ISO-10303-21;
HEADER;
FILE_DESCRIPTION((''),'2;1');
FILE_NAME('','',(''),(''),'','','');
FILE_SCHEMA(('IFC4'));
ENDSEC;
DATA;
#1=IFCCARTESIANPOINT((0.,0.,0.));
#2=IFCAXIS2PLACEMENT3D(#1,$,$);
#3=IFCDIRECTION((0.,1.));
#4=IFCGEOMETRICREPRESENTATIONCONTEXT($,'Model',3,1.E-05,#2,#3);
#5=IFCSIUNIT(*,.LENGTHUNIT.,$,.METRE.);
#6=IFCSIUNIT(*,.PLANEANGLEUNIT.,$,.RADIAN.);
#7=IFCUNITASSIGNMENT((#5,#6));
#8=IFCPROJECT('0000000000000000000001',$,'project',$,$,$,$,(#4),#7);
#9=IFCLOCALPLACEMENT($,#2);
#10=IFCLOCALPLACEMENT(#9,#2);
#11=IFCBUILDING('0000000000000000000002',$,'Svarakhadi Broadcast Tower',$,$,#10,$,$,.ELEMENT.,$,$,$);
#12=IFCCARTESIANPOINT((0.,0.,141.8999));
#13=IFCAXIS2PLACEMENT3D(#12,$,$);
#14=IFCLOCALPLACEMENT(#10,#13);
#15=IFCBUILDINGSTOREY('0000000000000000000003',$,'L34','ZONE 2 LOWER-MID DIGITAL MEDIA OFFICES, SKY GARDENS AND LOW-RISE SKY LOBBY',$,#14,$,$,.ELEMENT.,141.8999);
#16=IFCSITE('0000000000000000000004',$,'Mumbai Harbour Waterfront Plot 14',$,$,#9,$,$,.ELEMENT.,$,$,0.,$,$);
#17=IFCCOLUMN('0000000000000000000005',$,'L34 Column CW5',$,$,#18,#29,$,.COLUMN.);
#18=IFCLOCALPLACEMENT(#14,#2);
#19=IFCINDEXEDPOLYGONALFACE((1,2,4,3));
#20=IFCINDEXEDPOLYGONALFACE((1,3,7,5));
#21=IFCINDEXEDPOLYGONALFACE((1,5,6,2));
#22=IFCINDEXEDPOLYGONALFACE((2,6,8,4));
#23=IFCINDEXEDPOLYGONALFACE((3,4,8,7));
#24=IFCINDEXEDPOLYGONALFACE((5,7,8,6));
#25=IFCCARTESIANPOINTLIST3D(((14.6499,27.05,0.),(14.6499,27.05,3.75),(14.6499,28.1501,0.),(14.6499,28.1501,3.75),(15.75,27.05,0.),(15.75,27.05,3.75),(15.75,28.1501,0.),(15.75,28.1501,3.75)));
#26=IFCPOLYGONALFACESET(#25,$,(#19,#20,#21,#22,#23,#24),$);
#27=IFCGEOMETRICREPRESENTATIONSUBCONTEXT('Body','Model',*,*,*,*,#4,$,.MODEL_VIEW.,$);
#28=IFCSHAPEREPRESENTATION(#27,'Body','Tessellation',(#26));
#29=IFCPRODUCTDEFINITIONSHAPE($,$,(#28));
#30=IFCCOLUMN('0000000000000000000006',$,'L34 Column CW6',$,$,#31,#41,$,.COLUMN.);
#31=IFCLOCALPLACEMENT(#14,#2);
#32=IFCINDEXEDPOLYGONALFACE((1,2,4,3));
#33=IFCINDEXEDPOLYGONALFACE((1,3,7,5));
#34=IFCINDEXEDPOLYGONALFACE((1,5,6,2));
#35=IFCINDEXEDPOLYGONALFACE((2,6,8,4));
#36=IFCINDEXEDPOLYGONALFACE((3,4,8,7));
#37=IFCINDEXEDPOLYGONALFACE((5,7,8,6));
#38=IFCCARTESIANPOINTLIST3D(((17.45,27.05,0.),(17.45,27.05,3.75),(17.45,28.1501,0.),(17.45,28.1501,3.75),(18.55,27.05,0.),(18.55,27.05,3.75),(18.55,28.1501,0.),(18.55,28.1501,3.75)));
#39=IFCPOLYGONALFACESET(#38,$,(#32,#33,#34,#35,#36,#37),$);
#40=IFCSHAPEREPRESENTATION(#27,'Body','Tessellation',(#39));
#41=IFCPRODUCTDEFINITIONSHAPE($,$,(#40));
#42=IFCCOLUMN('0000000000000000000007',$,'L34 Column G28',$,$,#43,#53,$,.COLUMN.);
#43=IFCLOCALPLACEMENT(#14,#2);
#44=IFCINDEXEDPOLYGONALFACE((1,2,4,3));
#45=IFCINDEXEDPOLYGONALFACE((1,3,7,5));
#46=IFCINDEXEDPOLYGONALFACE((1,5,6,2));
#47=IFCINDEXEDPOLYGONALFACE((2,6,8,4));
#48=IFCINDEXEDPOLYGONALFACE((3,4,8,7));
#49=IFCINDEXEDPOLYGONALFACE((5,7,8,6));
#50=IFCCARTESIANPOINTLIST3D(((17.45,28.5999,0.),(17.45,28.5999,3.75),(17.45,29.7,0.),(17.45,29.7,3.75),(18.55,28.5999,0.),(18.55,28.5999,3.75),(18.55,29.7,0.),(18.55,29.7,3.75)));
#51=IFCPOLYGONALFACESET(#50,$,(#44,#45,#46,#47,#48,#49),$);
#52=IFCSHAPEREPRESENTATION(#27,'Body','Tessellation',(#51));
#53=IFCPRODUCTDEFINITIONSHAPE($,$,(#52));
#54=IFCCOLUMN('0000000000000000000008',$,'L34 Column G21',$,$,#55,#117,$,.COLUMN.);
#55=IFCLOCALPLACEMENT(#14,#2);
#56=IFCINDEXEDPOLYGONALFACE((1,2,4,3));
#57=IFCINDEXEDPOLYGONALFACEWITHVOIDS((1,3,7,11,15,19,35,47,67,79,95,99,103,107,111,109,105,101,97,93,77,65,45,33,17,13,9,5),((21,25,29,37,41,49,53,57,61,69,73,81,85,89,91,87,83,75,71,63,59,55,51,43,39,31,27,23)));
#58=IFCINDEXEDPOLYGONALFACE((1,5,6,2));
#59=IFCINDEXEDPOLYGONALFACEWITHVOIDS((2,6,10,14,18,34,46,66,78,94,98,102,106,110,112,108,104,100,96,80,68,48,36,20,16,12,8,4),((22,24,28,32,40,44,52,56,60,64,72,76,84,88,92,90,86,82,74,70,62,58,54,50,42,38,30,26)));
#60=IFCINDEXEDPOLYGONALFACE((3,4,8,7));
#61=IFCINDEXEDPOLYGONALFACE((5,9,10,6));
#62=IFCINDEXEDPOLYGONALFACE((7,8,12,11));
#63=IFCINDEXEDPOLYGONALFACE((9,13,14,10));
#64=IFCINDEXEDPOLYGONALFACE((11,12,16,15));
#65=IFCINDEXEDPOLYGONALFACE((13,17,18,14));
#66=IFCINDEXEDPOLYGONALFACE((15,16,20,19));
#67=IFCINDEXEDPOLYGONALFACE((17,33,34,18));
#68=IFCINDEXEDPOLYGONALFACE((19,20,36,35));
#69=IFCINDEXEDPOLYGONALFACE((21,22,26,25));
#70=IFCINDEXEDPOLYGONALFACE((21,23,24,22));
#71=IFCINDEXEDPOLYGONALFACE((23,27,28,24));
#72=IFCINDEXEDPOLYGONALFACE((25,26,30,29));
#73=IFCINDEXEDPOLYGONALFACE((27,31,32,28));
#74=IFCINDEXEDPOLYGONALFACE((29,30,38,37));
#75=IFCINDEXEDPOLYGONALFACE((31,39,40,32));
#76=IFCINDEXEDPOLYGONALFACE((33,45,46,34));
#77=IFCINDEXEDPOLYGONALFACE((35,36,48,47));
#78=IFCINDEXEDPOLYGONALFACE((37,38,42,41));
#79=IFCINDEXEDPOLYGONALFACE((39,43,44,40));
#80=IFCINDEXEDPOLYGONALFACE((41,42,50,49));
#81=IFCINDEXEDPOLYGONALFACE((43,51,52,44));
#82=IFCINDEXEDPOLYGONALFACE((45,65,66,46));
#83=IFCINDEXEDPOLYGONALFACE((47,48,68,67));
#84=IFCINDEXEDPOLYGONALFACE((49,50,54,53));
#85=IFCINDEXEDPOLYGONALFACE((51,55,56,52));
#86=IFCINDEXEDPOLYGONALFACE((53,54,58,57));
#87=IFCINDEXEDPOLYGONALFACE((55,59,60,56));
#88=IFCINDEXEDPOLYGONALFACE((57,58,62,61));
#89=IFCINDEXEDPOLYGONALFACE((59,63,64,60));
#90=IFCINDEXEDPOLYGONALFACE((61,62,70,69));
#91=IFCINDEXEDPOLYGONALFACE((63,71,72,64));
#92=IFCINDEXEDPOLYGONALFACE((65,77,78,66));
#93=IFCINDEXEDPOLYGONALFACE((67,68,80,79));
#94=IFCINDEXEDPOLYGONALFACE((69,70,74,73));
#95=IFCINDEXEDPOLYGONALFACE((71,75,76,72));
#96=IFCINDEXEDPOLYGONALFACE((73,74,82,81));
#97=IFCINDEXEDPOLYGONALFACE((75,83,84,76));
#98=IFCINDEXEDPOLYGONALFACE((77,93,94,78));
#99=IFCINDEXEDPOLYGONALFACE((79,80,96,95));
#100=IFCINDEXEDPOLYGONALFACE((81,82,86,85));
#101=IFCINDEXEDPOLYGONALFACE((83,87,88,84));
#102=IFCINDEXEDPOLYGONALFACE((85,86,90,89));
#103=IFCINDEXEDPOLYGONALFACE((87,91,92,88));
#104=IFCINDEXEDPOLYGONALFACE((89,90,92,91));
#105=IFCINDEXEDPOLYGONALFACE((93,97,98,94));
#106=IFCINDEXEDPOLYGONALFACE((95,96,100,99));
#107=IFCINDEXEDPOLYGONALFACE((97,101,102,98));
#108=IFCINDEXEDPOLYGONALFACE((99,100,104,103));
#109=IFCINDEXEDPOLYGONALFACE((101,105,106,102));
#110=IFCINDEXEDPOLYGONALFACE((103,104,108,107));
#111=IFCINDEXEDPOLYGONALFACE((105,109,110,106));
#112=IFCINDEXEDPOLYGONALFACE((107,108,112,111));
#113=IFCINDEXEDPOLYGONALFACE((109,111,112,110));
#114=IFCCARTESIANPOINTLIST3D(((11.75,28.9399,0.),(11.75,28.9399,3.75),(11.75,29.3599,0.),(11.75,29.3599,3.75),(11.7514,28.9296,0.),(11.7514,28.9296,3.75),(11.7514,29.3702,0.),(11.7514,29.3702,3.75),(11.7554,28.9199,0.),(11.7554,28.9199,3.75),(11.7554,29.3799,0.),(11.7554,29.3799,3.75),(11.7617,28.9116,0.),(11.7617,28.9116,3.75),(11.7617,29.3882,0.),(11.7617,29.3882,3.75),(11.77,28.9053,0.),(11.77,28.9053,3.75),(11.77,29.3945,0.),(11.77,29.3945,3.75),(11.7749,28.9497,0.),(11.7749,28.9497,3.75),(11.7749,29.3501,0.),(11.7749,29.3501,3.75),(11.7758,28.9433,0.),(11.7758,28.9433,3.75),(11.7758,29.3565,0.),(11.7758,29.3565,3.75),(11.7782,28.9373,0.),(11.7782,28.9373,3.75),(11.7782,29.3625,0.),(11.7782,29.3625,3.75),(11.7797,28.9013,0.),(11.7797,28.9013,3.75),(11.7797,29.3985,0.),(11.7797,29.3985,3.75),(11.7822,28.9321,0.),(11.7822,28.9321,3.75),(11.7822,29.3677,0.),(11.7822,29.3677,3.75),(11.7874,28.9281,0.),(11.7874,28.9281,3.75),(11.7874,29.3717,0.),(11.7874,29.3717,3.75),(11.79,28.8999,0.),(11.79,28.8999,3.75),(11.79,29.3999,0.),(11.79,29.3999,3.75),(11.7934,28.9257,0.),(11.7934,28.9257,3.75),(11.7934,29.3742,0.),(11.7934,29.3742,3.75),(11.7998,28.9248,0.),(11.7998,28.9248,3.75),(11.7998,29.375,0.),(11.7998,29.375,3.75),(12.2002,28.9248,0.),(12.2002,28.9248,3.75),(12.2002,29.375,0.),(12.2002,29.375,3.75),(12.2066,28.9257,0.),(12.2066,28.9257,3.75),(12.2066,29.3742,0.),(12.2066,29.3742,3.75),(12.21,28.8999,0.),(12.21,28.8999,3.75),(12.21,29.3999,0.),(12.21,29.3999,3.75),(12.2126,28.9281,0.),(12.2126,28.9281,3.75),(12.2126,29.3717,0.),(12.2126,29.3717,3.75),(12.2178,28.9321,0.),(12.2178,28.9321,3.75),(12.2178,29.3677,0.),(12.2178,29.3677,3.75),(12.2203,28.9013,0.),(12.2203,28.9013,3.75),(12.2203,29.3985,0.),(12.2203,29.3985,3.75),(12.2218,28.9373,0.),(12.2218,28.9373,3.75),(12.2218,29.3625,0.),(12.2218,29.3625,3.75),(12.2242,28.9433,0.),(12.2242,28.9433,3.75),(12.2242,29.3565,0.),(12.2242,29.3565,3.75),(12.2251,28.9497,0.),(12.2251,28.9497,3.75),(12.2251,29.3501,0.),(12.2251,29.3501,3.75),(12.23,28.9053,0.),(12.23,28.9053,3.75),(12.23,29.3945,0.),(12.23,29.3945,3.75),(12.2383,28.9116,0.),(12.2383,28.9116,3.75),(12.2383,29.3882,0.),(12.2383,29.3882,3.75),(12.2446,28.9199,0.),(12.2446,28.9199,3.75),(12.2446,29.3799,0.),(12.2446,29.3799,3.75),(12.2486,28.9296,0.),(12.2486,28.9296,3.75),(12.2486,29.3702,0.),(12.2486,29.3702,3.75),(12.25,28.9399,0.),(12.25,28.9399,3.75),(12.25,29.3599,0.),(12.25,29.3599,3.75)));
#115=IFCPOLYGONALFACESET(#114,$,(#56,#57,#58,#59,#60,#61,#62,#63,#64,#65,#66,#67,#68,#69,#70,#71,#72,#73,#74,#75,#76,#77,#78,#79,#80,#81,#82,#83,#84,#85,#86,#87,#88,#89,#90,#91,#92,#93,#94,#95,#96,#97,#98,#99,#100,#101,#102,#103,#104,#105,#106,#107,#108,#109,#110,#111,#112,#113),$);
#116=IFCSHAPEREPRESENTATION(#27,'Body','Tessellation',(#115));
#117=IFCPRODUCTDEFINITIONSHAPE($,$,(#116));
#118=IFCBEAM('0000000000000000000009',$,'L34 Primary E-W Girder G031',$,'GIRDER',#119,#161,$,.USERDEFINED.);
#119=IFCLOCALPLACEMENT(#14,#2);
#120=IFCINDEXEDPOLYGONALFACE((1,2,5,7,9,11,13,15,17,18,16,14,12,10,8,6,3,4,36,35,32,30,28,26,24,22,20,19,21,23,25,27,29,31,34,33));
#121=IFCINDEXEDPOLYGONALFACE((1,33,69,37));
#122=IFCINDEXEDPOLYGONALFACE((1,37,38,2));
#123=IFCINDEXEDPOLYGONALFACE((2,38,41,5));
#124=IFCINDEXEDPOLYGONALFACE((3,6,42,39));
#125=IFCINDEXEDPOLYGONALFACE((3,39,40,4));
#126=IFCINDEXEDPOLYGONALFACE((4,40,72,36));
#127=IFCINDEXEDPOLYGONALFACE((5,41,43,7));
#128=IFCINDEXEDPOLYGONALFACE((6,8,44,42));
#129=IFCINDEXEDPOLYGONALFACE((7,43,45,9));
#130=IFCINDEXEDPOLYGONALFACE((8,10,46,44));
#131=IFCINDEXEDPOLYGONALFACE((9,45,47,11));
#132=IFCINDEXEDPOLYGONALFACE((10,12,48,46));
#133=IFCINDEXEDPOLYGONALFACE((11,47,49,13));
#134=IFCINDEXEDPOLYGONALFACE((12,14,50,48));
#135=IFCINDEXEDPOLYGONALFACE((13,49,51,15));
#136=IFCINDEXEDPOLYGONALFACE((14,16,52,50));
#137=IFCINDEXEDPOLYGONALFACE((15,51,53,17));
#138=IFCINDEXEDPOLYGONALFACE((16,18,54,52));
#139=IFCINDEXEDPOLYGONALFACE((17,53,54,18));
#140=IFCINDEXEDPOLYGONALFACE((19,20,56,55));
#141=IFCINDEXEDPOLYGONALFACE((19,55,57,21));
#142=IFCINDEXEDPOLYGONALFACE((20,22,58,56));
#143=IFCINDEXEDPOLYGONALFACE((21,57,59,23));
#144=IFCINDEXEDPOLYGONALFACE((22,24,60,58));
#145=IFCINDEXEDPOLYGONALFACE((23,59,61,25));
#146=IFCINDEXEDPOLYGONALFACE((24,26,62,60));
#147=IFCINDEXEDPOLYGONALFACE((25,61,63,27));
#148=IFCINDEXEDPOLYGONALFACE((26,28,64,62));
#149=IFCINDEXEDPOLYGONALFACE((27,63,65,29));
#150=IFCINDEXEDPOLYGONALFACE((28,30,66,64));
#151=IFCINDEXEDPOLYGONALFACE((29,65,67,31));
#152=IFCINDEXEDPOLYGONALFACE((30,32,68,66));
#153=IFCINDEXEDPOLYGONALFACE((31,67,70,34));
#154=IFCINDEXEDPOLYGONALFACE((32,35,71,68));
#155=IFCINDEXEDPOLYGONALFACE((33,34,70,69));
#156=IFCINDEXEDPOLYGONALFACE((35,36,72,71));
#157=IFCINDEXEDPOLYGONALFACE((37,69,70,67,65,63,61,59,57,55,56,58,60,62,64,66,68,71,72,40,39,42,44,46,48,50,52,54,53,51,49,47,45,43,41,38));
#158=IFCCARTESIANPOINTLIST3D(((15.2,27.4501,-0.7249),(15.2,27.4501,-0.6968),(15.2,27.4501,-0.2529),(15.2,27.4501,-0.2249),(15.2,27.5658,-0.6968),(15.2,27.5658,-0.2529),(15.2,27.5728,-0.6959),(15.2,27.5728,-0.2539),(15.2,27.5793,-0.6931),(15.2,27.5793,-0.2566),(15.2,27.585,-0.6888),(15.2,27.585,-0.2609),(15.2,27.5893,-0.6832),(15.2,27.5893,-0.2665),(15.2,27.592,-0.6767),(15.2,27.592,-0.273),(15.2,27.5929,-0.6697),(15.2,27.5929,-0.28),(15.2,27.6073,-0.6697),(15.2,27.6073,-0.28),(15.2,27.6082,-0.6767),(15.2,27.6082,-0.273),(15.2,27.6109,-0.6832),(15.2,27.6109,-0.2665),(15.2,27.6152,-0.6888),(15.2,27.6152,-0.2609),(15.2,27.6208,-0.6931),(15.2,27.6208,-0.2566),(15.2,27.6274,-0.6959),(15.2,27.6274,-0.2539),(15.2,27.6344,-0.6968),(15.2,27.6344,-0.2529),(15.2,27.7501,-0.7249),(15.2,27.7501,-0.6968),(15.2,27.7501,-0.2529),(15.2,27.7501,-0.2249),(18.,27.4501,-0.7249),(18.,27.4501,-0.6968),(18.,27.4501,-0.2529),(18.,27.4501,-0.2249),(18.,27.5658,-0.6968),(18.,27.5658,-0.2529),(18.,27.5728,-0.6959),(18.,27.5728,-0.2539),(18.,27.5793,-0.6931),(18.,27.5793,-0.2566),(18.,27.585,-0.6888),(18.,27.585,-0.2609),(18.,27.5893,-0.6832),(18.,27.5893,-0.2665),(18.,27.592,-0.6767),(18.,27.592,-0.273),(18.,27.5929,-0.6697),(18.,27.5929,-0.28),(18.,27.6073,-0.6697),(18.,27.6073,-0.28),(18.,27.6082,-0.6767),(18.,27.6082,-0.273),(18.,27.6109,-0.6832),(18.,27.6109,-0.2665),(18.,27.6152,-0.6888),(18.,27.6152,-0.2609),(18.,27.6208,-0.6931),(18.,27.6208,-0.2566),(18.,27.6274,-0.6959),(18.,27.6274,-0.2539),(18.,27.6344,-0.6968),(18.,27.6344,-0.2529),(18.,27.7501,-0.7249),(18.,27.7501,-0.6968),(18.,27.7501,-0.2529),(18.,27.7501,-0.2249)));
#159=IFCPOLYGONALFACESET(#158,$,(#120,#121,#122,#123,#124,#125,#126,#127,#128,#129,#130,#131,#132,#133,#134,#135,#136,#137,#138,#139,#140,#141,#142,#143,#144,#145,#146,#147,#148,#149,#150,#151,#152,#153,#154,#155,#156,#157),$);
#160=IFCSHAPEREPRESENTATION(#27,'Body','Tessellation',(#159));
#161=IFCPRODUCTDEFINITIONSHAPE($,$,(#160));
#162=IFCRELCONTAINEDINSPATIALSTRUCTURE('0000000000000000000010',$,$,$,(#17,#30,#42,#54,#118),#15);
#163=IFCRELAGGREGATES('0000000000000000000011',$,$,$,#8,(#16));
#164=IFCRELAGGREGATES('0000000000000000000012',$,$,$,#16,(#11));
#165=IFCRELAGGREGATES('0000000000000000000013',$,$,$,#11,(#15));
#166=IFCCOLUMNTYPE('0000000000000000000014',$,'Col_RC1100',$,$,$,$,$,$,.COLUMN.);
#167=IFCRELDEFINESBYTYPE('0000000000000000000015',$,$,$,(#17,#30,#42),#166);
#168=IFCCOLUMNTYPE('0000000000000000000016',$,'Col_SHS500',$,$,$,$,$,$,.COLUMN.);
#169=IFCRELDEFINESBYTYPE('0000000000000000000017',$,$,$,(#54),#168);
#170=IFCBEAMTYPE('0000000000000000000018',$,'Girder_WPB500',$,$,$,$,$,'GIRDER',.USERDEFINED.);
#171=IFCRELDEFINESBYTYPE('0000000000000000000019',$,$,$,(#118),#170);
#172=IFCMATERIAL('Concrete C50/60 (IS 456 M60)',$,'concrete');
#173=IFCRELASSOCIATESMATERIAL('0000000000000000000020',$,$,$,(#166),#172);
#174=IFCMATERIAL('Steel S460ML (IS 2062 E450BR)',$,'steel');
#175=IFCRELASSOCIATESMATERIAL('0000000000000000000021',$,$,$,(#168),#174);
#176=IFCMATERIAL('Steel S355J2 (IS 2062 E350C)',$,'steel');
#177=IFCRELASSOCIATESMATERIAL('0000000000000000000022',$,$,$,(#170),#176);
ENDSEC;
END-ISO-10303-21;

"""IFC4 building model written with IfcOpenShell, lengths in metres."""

from ifc_helpers import new_model, si_unit, direction, frame, origin, origin_2d, place, context, subcontext, project, spatial, rectangle, hollow_rectangle, i_section, extrude, material, material_profile, profile_set, type_object, element, save


model = new_model("IFC4")

# Units and contexts
model_context = context("Model", 3, precision=1e-05, world=origin(), true_north=direction((0.0, 1.0)))
body_context = subcontext(model_context, "Body", "Model", "MODEL_VIEW")
ifc_project = project(units=[si_unit("LENGTHUNIT", "METRE"), si_unit("PLANEANGLEUNIT", "RADIAN")], contexts=[model_context])

# Site, building, storey
site_placement = place(None, origin())
site = spatial("IfcSite", under=ifc_project, at=site_placement, Name="Mumbai Harbour Waterfront Plot 14", CompositionType="ELEMENT", RefElevation=0.0)
building_placement = place(site_placement, origin())
building = spatial("IfcBuilding", under=site, at=building_placement, Name="Svarakhadi Broadcast Tower", CompositionType="ELEMENT")
storey_placement = place(building_placement, frame((0.0, 0.0, 141.8999)))
storey = spatial("IfcBuildingStorey", under=building, at=storey_placement, Name="L34", Description="ZONE 2 LOWER-MID DIGITAL MEDIA OFFICES, SKY GARDENS AND LOW-RISE SKY LOBBY", CompositionType="ELEMENT", Elevation=141.8999)

# Columns
ifc_material_1 = material(Name="Concrete C50/60 (IS 456 M60)", Category="concrete")
ifc_material_profile_1 = material_profile(ifc_material_1, rectangle(XDim=1.1001, YDim=1.1001, at=origin_2d()), Name="RC 1100x1100")
ifc_profile_set_1 = profile_set([ifc_material_profile_1], Name="Concrete C50/60 (IS 456 M60)")
column_type_1 = type_object("IfcColumnType", Name="Col_RC1100", PredefinedType="COLUMN", material=ifc_profile_set_1)
for number, where, z_axis, x_axis, name in (
    (1, (15.2, 27.6001, 0.0), (0.0, 0.0, 1.0), (1.0, 0.0, 0.0), "L34 Column CW5"),
    (2, (18.0, 27.6001, 0.0), (0.0, 0.0, 1.0), (1.0, 0.0, 0.0), "L34 Column CW6"),
    (3, (18.0, 29.1499, 0.0), (0.0, 0.0, 1.0), (1.0, 0.0, 0.0), "L34 Column G28"),
):
    element("IfcColumn", number, at=place(storey_placement, frame(where, z_axis=z_axis, x_axis=x_axis)), inside=storey, type_object=column_type_1, Name=name, PredefinedType="COLUMN", context=body_context, shape_type="SweptSolid", body=[
        extrude(rectangle(XDim=1.1001, YDim=1.1001, at=origin_2d()), origin(), (0.0, 0.0, 1.0), 3.75),
    ])
ifc_material_2 = material(Name="Steel S460ML (IS 2062 E450BR)", Category="steel")
ifc_material_profile_2 = material_profile(ifc_material_2, hollow_rectangle(XDim=0.5, YDim=0.5, WallThickness=0.0249, InnerFilletRadius=0.0249, OuterFilletRadius=0.04, at=origin_2d()), Name="SHS 500x500x25")
ifc_profile_set_2 = profile_set([ifc_material_profile_2], Name="Steel S460ML (IS 2062 E450BR)")
column_type_2 = type_object("IfcColumnType", Name="Col_SHS500", PredefinedType="COLUMN", material=ifc_profile_set_2)
column_placement = place(storey_placement, frame((12.0, 29.1499, 0.0), z_axis=(0.0, 0.0, 1.0), x_axis=(1.0, 0.0, 0.0)))
element("IfcColumn", 4, at=column_placement, inside=storey, type_object=column_type_2, Name="L34 Column G21", PredefinedType="COLUMN", context=body_context, shape_type="SweptSolid", body=[
    extrude(hollow_rectangle(XDim=0.5, YDim=0.5, WallThickness=0.0249, InnerFilletRadius=0.0249, OuterFilletRadius=0.04, at=origin_2d()), origin(), (0.0, 0.0, 1.0), 3.75),
])

# Beam
ifc_material_3 = material(Name="Steel S355J2 (IS 2062 E350C)", Category="steel")
ifc_material_profile_3 = material_profile(ifc_material_3, i_section(OverallWidth=0.3, OverallDepth=0.5, WebThickness=0.0144, FlangeThickness=0.0281, FilletRadius=0.0271, at=origin_2d()), Name="WPB 500x300x187")
ifc_profile_set_3 = profile_set([ifc_material_profile_3], Name="Steel S355J2 (IS 2062 E350C)")
beam_type = type_object("IfcBeamType", Name="Girder_WPB500", ElementType="GIRDER", PredefinedType="USERDEFINED", material=ifc_profile_set_3)
beam_placement = place(storey_placement, frame((15.2, 27.6001, -0.4749), z_axis=(1.0, 0.0, 0.0), x_axis=(0.0, 1.0, 0.0)))
element("IfcBeam", 5, at=beam_placement, inside=storey, type_object=beam_type, Name="L34 Primary E-W Girder G031", ObjectType="GIRDER", PredefinedType="USERDEFINED", context=body_context, shape_type="SweptSolid", body=[
    extrude(i_section(OverallWidth=0.3, OverallDepth=0.5, WebThickness=0.0144, FlangeThickness=0.0281, FilletRadius=0.0271, at=origin_2d()), origin(), (0.0, 0.0, 1.0), 2.8),
])

save(model, "model.ifc")
